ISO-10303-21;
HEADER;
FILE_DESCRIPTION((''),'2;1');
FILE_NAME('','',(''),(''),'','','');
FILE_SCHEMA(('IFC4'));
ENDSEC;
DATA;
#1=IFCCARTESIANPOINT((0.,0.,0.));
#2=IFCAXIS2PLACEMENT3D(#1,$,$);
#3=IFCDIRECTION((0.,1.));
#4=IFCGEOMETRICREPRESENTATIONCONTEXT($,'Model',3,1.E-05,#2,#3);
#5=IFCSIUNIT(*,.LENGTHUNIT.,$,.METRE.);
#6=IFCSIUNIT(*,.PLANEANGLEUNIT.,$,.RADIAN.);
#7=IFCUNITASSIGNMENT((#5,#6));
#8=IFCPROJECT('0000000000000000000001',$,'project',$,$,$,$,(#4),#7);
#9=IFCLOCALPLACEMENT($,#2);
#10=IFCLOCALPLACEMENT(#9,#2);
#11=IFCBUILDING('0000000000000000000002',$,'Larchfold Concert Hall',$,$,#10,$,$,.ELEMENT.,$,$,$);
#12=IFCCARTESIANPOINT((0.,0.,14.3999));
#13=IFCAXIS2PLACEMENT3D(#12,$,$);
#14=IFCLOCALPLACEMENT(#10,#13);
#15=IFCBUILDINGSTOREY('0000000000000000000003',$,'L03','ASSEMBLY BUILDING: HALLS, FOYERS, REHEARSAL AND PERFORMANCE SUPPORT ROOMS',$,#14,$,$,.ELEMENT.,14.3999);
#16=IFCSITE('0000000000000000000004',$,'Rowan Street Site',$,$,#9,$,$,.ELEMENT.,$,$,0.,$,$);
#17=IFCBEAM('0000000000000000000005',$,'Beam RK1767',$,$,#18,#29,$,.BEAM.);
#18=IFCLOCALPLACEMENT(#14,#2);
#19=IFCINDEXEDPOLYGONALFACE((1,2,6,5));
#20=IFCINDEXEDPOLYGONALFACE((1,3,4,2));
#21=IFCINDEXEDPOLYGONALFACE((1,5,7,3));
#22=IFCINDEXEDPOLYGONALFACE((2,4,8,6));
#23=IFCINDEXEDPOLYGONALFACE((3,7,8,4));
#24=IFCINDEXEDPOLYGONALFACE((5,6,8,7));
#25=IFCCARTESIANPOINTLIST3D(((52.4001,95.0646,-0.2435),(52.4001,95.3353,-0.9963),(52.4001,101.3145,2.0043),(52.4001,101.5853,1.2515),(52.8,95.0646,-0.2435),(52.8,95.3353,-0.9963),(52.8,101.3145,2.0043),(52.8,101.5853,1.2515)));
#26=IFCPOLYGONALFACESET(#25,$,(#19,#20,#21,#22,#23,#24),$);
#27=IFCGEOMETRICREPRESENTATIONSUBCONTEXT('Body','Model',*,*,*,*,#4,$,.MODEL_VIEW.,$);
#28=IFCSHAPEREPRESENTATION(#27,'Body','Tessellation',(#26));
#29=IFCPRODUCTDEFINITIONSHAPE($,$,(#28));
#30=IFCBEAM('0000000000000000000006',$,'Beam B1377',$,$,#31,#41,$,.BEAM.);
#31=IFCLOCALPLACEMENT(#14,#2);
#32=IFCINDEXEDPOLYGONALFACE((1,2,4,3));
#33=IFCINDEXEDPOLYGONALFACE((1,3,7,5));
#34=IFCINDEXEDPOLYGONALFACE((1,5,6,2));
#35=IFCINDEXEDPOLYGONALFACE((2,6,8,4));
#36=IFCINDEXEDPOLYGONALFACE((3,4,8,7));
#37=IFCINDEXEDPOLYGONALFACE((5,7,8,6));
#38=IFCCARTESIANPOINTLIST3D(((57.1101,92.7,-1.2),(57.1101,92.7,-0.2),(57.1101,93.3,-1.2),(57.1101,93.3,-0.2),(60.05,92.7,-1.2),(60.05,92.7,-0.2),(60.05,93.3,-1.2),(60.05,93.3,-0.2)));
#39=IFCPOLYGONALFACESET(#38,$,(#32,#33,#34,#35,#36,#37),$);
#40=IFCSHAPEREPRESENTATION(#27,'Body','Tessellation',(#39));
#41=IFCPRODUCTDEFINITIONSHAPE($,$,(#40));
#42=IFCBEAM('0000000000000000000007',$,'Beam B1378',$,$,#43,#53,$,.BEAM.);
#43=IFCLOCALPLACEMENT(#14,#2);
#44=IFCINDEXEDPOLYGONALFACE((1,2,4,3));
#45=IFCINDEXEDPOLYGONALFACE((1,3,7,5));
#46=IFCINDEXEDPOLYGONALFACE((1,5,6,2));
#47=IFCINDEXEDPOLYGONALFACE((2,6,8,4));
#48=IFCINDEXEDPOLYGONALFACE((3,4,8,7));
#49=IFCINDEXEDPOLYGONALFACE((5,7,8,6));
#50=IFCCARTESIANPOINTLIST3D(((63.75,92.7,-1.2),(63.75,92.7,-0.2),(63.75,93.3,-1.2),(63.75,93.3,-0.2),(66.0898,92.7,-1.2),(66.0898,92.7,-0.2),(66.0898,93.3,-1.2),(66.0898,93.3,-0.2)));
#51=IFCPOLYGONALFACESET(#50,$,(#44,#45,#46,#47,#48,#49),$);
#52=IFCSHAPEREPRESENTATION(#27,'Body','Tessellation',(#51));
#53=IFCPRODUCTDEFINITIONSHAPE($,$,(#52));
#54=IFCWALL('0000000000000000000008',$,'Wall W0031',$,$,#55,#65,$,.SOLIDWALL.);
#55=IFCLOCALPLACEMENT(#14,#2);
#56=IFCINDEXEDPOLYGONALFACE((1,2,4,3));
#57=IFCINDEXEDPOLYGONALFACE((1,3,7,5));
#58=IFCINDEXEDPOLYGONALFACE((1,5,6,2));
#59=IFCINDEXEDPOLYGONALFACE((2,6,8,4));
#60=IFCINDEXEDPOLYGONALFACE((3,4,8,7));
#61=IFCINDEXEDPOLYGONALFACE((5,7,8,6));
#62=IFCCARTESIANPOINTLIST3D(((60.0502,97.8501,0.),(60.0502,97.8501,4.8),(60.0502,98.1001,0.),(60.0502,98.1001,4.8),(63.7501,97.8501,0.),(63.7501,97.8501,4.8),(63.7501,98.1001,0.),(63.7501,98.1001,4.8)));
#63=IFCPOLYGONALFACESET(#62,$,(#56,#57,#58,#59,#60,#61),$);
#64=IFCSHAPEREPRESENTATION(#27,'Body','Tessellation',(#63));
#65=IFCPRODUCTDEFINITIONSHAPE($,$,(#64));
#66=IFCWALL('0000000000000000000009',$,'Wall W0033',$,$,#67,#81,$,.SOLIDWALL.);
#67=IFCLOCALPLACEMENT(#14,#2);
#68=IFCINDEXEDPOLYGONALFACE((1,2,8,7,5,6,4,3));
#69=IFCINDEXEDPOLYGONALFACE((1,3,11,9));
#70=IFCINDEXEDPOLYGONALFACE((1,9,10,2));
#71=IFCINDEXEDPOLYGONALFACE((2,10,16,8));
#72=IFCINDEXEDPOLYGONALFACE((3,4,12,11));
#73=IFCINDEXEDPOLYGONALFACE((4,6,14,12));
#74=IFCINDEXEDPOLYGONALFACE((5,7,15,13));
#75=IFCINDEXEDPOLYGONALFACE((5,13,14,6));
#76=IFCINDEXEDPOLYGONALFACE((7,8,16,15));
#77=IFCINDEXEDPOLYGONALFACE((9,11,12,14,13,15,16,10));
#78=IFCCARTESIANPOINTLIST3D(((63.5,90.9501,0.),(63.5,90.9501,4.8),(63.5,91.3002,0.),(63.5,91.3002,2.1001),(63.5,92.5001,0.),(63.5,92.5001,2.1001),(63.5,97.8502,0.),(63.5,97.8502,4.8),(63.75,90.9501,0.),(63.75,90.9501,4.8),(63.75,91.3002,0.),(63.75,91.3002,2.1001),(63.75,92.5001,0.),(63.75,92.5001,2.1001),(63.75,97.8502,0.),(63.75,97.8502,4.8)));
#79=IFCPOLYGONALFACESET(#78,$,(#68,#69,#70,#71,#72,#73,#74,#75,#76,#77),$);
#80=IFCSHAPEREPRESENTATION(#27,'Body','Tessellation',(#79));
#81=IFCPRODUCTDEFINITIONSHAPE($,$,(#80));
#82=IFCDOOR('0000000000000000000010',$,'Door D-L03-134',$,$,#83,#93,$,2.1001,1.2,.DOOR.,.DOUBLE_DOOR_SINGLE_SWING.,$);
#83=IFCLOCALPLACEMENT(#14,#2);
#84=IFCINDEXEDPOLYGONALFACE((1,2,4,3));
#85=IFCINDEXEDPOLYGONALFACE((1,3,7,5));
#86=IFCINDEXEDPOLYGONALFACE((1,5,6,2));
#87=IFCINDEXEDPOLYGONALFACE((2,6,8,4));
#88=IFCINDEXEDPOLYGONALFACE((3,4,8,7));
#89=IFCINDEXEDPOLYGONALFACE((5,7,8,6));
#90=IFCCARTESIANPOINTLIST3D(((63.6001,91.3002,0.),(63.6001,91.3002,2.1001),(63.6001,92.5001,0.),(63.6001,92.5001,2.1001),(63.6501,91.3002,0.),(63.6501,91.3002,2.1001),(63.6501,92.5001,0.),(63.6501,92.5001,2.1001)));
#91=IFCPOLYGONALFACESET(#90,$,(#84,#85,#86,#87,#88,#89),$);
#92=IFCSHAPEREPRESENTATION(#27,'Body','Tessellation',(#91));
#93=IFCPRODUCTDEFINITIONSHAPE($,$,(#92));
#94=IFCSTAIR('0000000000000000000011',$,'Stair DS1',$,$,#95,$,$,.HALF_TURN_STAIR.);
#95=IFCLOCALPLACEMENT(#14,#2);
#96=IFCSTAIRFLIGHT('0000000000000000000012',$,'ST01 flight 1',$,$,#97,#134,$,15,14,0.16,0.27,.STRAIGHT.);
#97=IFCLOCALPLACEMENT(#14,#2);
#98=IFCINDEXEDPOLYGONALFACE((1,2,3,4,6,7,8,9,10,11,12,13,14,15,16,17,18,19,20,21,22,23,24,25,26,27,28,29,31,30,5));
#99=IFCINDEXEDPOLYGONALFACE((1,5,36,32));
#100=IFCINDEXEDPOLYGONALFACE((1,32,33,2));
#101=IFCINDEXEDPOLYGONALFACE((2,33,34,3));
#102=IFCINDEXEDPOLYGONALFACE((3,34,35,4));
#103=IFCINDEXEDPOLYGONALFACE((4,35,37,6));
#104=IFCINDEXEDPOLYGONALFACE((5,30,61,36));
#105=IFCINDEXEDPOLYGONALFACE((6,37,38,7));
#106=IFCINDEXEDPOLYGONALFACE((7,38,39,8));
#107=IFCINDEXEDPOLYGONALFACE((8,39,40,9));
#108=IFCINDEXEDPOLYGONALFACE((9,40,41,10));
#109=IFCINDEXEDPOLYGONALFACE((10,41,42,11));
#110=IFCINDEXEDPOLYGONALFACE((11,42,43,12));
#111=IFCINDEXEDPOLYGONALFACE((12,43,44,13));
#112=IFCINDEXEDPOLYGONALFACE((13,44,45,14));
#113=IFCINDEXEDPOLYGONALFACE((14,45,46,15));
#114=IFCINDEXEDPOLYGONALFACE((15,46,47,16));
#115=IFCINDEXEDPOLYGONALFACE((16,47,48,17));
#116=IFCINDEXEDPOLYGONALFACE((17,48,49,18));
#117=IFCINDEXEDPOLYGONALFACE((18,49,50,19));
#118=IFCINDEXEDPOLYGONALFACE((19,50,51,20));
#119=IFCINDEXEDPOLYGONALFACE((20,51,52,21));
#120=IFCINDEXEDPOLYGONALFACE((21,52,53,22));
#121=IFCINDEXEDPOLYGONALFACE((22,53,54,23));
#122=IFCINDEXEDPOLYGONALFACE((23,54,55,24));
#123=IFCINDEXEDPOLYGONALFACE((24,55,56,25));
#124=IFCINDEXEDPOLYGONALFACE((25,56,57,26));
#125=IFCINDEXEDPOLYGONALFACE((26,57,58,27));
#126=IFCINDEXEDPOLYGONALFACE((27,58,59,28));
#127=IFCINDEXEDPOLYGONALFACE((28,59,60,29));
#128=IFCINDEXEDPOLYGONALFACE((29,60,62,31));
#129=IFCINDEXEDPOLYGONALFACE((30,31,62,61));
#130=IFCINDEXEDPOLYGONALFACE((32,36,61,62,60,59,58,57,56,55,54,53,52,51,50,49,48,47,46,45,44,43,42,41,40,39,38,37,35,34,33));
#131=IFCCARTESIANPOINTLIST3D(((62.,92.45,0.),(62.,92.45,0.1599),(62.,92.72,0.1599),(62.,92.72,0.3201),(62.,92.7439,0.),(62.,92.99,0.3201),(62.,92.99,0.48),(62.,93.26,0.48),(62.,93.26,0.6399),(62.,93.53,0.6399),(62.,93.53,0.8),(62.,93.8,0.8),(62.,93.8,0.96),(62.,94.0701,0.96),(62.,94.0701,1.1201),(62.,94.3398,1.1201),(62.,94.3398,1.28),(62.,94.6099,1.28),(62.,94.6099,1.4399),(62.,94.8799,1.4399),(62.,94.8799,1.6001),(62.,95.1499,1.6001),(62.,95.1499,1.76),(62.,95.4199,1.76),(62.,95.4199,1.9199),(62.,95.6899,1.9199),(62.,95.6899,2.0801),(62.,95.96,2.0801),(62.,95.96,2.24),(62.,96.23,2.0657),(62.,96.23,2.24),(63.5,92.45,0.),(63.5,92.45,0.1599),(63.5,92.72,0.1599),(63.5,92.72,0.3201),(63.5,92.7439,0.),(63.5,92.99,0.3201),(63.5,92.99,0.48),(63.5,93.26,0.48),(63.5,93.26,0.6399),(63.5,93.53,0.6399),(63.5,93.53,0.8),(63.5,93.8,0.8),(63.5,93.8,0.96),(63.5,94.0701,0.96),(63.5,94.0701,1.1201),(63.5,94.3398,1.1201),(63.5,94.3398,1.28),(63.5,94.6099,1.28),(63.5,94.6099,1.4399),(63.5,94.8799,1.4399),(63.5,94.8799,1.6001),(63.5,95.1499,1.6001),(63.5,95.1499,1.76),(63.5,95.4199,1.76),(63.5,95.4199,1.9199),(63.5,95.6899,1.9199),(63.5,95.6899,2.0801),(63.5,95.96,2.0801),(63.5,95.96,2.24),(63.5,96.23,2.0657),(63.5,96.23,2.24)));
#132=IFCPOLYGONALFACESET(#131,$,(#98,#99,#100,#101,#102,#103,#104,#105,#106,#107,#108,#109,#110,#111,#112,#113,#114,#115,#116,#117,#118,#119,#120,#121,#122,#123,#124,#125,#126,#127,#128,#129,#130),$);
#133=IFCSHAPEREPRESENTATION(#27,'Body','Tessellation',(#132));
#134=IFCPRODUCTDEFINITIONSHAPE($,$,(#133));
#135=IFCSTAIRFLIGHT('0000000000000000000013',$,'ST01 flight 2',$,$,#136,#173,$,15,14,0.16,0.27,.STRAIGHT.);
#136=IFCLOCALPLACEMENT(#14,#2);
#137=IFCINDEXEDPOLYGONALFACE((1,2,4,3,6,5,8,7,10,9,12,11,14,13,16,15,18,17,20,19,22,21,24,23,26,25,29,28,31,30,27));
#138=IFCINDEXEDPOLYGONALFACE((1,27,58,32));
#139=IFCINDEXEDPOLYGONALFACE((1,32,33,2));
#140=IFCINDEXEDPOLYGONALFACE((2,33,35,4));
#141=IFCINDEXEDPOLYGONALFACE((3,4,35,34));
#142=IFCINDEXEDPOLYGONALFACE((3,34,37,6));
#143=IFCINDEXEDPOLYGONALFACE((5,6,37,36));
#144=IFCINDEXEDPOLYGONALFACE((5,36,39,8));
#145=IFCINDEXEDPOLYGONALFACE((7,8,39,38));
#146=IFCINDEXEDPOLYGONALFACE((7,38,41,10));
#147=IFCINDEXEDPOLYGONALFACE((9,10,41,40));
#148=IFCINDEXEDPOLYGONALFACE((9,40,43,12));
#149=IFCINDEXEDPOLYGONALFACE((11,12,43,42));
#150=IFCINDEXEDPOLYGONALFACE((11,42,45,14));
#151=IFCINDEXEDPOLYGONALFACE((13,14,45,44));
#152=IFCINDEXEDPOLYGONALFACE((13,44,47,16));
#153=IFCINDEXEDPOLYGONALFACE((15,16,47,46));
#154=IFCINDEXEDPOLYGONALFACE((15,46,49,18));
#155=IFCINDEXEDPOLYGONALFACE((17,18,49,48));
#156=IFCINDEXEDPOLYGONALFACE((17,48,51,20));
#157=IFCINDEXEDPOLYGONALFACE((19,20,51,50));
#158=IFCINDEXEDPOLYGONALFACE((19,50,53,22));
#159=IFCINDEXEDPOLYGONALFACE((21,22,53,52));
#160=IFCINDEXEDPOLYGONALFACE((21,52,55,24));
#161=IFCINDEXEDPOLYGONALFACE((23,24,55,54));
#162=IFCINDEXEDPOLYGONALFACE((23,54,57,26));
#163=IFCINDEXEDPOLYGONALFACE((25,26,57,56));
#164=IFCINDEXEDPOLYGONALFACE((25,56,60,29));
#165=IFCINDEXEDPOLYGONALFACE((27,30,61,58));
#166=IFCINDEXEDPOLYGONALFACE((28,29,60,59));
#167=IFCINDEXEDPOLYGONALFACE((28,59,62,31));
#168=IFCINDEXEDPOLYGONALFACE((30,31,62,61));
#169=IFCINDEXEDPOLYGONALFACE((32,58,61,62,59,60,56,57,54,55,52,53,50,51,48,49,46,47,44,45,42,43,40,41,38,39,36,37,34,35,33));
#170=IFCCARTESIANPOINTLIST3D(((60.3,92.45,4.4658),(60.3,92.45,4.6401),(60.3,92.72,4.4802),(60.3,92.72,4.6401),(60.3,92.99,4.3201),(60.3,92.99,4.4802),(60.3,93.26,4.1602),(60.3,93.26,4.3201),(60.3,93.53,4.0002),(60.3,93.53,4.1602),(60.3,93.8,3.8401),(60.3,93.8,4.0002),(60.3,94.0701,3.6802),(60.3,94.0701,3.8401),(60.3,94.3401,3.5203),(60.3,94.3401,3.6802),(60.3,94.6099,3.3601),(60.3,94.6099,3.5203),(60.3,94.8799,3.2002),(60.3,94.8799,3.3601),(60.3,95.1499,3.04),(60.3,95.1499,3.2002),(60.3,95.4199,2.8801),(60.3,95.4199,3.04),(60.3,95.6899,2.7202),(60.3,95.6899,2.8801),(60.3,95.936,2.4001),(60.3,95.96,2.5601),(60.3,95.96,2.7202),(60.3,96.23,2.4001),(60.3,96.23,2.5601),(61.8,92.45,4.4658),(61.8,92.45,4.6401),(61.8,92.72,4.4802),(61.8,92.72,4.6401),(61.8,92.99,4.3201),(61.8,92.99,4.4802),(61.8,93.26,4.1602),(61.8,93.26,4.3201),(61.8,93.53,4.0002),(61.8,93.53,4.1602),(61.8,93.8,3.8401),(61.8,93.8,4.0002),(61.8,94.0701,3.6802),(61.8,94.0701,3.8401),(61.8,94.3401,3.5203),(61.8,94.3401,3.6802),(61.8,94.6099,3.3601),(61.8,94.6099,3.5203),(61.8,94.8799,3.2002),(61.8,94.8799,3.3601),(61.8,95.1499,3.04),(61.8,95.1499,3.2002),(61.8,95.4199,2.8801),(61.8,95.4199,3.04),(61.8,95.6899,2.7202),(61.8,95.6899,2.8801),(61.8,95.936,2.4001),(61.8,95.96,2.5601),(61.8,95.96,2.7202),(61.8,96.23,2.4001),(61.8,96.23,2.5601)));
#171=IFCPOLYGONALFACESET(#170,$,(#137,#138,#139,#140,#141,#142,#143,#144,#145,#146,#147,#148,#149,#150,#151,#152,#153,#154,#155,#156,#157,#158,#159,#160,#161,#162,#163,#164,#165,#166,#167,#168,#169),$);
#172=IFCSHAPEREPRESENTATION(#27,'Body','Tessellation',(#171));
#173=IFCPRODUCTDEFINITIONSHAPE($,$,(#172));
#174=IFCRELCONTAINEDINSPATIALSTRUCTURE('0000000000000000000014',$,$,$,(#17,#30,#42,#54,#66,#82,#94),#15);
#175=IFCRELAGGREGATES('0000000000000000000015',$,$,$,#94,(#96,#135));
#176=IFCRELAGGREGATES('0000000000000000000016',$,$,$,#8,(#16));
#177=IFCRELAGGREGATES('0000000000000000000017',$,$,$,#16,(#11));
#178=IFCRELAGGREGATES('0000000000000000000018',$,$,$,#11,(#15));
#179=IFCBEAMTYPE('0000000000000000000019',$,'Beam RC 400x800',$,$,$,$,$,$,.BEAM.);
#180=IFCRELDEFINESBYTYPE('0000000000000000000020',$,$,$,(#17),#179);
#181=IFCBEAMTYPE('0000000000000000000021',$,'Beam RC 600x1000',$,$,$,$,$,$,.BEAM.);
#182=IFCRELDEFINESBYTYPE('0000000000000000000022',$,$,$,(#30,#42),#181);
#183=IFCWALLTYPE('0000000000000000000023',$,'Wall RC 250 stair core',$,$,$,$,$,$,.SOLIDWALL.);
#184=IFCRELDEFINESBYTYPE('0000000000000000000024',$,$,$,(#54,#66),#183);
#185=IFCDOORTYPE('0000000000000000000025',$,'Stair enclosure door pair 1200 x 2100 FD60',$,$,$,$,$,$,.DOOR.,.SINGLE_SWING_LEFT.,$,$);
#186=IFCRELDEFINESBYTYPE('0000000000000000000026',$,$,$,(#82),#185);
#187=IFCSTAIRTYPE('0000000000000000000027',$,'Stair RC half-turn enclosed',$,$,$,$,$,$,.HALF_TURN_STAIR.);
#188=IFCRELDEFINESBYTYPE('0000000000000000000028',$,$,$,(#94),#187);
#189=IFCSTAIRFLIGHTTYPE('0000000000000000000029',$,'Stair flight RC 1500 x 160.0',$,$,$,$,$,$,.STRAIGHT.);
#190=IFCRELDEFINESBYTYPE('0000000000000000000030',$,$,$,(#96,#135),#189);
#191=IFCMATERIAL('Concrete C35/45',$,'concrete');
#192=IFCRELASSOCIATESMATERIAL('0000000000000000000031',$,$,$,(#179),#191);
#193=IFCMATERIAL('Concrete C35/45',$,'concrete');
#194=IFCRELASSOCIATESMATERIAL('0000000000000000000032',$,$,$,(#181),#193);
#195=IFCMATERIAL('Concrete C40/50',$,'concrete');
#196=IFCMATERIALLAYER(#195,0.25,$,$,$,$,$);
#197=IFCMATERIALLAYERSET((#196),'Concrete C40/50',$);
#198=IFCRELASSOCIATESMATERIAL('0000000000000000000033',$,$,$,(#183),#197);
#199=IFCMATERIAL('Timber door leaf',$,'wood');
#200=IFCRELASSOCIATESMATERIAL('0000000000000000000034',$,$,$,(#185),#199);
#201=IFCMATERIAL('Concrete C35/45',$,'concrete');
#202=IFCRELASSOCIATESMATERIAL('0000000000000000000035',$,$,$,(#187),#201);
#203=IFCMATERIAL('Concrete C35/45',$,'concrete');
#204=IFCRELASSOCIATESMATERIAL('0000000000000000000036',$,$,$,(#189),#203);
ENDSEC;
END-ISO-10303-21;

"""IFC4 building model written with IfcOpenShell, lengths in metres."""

from ifc_helpers import new_model, si_unit, direction, frame, frame_2d, origin, origin_2d, place, context, subcontext, project, spatial, polyline, rectangle, outline, extrude, material, layer, layer_set, material_profile, profile_set, type_object, element, fill, aggregate, save


model = new_model("IFC4")

# Units and contexts
model_context = context("Model", 3, precision=1e-05, world=origin(), true_north=direction((0.0, 1.0)))
body_context = subcontext(model_context, "Body", "Model", "MODEL_VIEW")
ifc_project = project(units=[si_unit("LENGTHUNIT", "METRE"), si_unit("PLANEANGLEUNIT", "RADIAN")], contexts=[model_context])

# Site, building, storey
site_placement = place(None, origin())
site = spatial("IfcSite", under=ifc_project, at=site_placement, Name="Rowan Street Site", CompositionType="ELEMENT", RefElevation=0.0)
building_placement = place(site_placement, origin())
building = spatial("IfcBuilding", under=site, at=building_placement, Name="Larchfold Concert Hall", CompositionType="ELEMENT")
storey_placement = place(building_placement, frame((0.0, 0.0, 14.3999)))
storey = spatial("IfcBuildingStorey", under=building, at=storey_placement, Name="L03", Description="ASSEMBLY BUILDING: HALLS, FOYERS, REHEARSAL AND PERFORMANCE SUPPORT ROOMS", CompositionType="ELEMENT", Elevation=14.3999)

# Beams
ifc_material_1 = material(Name="Concrete C35/45", Category="concrete")
ifc_material_profile_1 = material_profile(ifc_material_1, rectangle(XDim=0.3999, YDim=0.8, at=origin_2d()))
ifc_profile_set_1 = profile_set([ifc_material_profile_1], Name="Concrete C35/45")
beam_type_1 = type_object("IfcBeamType", Name="Beam RC 400x800", PredefinedType="BEAM", material=ifc_profile_set_1)
for number, where, z_axis, x_axis, name in (
    (1, (52.6001, 95.2, -0.6199), (0.0, 0.940993, 0.338427), (-1.0, 0.0, 0.0), "Beam RK1767"),
):
    element("IfcBeam", number, at=place(storey_placement, frame(where, z_axis=z_axis, x_axis=x_axis)), inside=storey, type_object=beam_type_1, Name=name, PredefinedType="BEAM", context=body_context, shape_type="SweptSolid", body=[
        extrude(rectangle(XDim=0.3999, YDim=0.8, at=origin_2d()), origin(), (0.0, 0.0, 1.0), 6.6418),
    ])
ifc_material_2 = material(Name="Concrete C35/45", Category="concrete")
ifc_material_profile_2 = material_profile(ifc_material_2, rectangle(XDim=0.6001, YDim=1.0, at=origin_2d()))
ifc_profile_set_2 = profile_set([ifc_material_profile_2], Name="Concrete C35/45")
beam_type_2 = type_object("IfcBeamType", Name="Beam RC 600x1000", PredefinedType="BEAM", material=ifc_profile_set_2)
beam_1_placement = place(storey_placement, frame((57.1101, 93.0, -0.7), z_axis=(1.0, 0.0, 0.0), x_axis=(0.0, 1.0, 0.0)))
element("IfcBeam", 2, at=beam_1_placement, inside=storey, type_object=beam_type_2, Name="Beam B1377", PredefinedType="BEAM", context=body_context, shape_type="SweptSolid", body=[
    extrude(rectangle(XDim=0.6001, YDim=1.0, at=origin_2d()), origin(), (0.0, 0.0, 1.0), 2.9399),
])
beam_2_placement = place(storey_placement, frame((63.75, 93.0, -0.7), z_axis=(1.0, 0.0, 0.0), x_axis=(0.0, 1.0, 0.0)))
element("IfcBeam", 3, at=beam_2_placement, inside=storey, type_object=beam_type_2, Name="Beam B1378", PredefinedType="BEAM", context=body_context, shape_type="SweptSolid", body=[
    extrude(rectangle(XDim=0.6001, YDim=1.0, at=origin_2d()), origin(), (0.0, 0.0, 1.0), 2.3398),
])

# Wall
ifc_material_3 = material(Name="Concrete C40/50", Category="concrete")
ifc_layer = layer(ifc_material_3, 0.25)
ifc_layer_set = layer_set([ifc_layer], Name="Concrete C40/50")
wall_type = type_object("IfcWallType", Name="Wall RC 250 stair core", PredefinedType="SOLIDWALL", material=ifc_layer_set)
wall_1_placement = place(storey_placement, frame((60.05, 97.9751, 0.0), z_axis=(0.0, 0.0, 1.0), x_axis=(1.0, 0.0, 0.0)))
element("IfcWall", 4, at=wall_1_placement, inside=storey, type_object=wall_type, Name="Wall W0031", PredefinedType="SOLIDWALL", context=body_context, shape_type="SweptSolid", body=[
    extrude(rectangle(XDim=3.7, YDim=0.25, at=frame_2d((1.8501, 0.0))), origin(), (0.0, 0.0, 1.0), 4.8),
])

# Wall, opening, door
wall_2_placement = place(storey_placement, frame((63.625, 90.95, 0.0), z_axis=(0.0, 0.0, 1.0), x_axis=(0.0, 1.0, 0.0)))
wall_2 = element("IfcWall", 5, at=wall_2_placement, inside=storey, type_object=wall_type, Name="Wall W0033", PredefinedType="SOLIDWALL", context=body_context, shape_type="SweptSolid", body=[
    extrude(rectangle(XDim=6.9001, YDim=0.25, at=frame_2d((3.4502, 0.0))), origin(), (0.0, 0.0, 1.0), 4.8),
])
opening_placement = place(wall_2_placement, frame((0.3501, 0.0, 0.0)))
opening = element("IfcOpeningElement", 6, at=opening_placement, cuts=wall_2, PredefinedType="OPENING", context=body_context, shape_type="SweptSolid", body=[
    extrude(rectangle(XDim=1.2, YDim=2.1001, at=frame_2d((0.6001, 1.05))), frame((0.0, 0.135, 0.0), z_axis=(0.0, -1.0, 0.0), x_axis=(1.0, 0.0, 0.0)), (0.0, 0.0, 1.0), 0.27),
])
ifc_material_4 = material(Name="Timber door leaf", Category="wood")
door_type = type_object("IfcDoorType", Name="Stair enclosure door pair 1200 x 2100 FD60", OperationType="SINGLE_SWING_LEFT", PredefinedType="DOOR", material=ifc_material_4)
door_placement = place(opening_placement, origin())
door = element("IfcDoor", 7, at=door_placement, inside=storey, type_object=door_type, Name="Door D-L03-134", OperationType="DOUBLE_DOOR_SINGLE_SWING", OverallHeight=2.1001, OverallWidth=1.2, PredefinedType="DOOR", context=body_context, shape_type="SweptSolid", body=[
    extrude(rectangle(XDim=1.2, YDim=2.1001, at=frame_2d((0.6001, 1.05))), frame((0.0, 0.0249, 0.0), z_axis=(0.0, -1.0, 0.0), x_axis=(1.0, 0.0, 0.0)), (0.0, 0.0, 1.0), 0.05),
])
fill(opening, door)

# Stair, stair flights
ifc_material_5 = material(Name="Concrete C35/45", Category="concrete")
stair_type = type_object("IfcStairType", Name="Stair RC half-turn enclosed", PredefinedType="HALF_TURN_STAIR", material=ifc_material_5)
stair_placement = place(storey_placement, origin())
stair = element("IfcStair", 8, at=stair_placement, inside=storey, type_object=stair_type, Name="Stair DS1", PredefinedType="HALF_TURN_STAIR")
ifc_material_6 = material(Name="Concrete C35/45", Category="concrete")
stair_flight_type = type_object("IfcStairFlightType", Name="Stair flight RC 1500 x 160.0", PredefinedType="STRAIGHT", material=ifc_material_6)
stair_flight_1_placement = place(storey_placement, frame((62.75, 92.45, 0.0), z_axis=(0.0, 0.0, 1.0), x_axis=(0.0, 1.0, 0.0)))
stair_flight_1 = element("IfcStairFlight", 9, at=stair_flight_1_placement, type_object=stair_flight_type, Name="ST01 flight 1", NumberOfRisers=15, NumberOfTreads=14, PredefinedType="STRAIGHT", RiserHeight=0.16, TreadLength=0.27, context=body_context, shape_type="SweptSolid", body=[
    extrude(outline(polyline([(0.0, 0.0), (0.0, 0.1599), (0.27, 0.1599), (0.27, 0.3201), (0.54, 0.3201), (0.54, 0.48), (0.8101, 0.48), (0.8101, 0.6399), (1.0801, 0.6399), (1.0801, 0.8), (1.3501, 0.8), (1.3501, 0.96), (1.6201, 0.96), (1.6201, 1.1201), (1.8899, 1.1201), (1.8899, 1.28), (2.1599, 1.28), (2.1599, 1.4399), (2.4299, 1.4399), (2.4299, 1.6001), (2.7, 1.6001), (2.7, 1.76), (2.97, 1.76), (2.97, 1.9199), (3.24, 1.9199), (3.24, 2.0801), (3.51, 2.0801), (3.51, 2.24), (3.78, 2.24), (3.78, 2.3999), (3.78, 2.0657), (0.2939, 0.0), (0.0, 0.0)])), frame((0.0, 0.75, 0.0), z_axis=(0.0, -1.0, 0.0), x_axis=(1.0, 0.0, 0.0)), (0.0, 0.0, 1.0), 1.5),
])
stair_flight_2_placement = place(storey_placement, frame((61.05, 96.23, 2.4001), z_axis=(0.0, 0.0, 1.0), x_axis=(0.0, -1.0, 0.0)))
stair_flight_2 = element("IfcStairFlight", 10, at=stair_flight_2_placement, type_object=stair_flight_type, Name="ST01 flight 2", NumberOfRisers=15, NumberOfTreads=14, PredefinedType="STRAIGHT", RiserHeight=0.16, TreadLength=0.27, context=body_context, shape_type="SweptSolid", body=[
    extrude(outline(polyline([(0.0, 0.0), (0.0, 0.1599), (0.27, 0.1599), (0.27, 0.3201), (0.54, 0.3201), (0.54, 0.48), (0.8101, 0.48), (0.8101, 0.6399), (1.0801, 0.6399), (1.0801, 0.8), (1.3501, 0.8), (1.3501, 0.96), (1.6201, 0.96), (1.6201, 1.1201), (1.8899, 1.1201), (1.8899, 1.28), (2.1599, 1.28), (2.1599, 1.4399), (2.4299, 1.4399), (2.4299, 1.6001), (2.7, 1.6001), (2.7, 1.76), (2.97, 1.76), (2.97, 1.9199), (3.24, 1.9199), (3.24, 2.0801), (3.51, 2.0801), (3.51, 2.24), (3.78, 2.24), (3.78, 2.3999), (3.78, 2.0657), (0.2939, 0.0), (0.0, 0.0)])), frame((0.0, 0.75, 0.0), z_axis=(0.0, -1.0, 0.0), x_axis=(1.0, 0.0, 0.0)), (0.0, 0.0, 1.0), 1.5),
])
aggregate(stair, [stair_flight_1, stair_flight_2])

save(model, "model.ifc")
